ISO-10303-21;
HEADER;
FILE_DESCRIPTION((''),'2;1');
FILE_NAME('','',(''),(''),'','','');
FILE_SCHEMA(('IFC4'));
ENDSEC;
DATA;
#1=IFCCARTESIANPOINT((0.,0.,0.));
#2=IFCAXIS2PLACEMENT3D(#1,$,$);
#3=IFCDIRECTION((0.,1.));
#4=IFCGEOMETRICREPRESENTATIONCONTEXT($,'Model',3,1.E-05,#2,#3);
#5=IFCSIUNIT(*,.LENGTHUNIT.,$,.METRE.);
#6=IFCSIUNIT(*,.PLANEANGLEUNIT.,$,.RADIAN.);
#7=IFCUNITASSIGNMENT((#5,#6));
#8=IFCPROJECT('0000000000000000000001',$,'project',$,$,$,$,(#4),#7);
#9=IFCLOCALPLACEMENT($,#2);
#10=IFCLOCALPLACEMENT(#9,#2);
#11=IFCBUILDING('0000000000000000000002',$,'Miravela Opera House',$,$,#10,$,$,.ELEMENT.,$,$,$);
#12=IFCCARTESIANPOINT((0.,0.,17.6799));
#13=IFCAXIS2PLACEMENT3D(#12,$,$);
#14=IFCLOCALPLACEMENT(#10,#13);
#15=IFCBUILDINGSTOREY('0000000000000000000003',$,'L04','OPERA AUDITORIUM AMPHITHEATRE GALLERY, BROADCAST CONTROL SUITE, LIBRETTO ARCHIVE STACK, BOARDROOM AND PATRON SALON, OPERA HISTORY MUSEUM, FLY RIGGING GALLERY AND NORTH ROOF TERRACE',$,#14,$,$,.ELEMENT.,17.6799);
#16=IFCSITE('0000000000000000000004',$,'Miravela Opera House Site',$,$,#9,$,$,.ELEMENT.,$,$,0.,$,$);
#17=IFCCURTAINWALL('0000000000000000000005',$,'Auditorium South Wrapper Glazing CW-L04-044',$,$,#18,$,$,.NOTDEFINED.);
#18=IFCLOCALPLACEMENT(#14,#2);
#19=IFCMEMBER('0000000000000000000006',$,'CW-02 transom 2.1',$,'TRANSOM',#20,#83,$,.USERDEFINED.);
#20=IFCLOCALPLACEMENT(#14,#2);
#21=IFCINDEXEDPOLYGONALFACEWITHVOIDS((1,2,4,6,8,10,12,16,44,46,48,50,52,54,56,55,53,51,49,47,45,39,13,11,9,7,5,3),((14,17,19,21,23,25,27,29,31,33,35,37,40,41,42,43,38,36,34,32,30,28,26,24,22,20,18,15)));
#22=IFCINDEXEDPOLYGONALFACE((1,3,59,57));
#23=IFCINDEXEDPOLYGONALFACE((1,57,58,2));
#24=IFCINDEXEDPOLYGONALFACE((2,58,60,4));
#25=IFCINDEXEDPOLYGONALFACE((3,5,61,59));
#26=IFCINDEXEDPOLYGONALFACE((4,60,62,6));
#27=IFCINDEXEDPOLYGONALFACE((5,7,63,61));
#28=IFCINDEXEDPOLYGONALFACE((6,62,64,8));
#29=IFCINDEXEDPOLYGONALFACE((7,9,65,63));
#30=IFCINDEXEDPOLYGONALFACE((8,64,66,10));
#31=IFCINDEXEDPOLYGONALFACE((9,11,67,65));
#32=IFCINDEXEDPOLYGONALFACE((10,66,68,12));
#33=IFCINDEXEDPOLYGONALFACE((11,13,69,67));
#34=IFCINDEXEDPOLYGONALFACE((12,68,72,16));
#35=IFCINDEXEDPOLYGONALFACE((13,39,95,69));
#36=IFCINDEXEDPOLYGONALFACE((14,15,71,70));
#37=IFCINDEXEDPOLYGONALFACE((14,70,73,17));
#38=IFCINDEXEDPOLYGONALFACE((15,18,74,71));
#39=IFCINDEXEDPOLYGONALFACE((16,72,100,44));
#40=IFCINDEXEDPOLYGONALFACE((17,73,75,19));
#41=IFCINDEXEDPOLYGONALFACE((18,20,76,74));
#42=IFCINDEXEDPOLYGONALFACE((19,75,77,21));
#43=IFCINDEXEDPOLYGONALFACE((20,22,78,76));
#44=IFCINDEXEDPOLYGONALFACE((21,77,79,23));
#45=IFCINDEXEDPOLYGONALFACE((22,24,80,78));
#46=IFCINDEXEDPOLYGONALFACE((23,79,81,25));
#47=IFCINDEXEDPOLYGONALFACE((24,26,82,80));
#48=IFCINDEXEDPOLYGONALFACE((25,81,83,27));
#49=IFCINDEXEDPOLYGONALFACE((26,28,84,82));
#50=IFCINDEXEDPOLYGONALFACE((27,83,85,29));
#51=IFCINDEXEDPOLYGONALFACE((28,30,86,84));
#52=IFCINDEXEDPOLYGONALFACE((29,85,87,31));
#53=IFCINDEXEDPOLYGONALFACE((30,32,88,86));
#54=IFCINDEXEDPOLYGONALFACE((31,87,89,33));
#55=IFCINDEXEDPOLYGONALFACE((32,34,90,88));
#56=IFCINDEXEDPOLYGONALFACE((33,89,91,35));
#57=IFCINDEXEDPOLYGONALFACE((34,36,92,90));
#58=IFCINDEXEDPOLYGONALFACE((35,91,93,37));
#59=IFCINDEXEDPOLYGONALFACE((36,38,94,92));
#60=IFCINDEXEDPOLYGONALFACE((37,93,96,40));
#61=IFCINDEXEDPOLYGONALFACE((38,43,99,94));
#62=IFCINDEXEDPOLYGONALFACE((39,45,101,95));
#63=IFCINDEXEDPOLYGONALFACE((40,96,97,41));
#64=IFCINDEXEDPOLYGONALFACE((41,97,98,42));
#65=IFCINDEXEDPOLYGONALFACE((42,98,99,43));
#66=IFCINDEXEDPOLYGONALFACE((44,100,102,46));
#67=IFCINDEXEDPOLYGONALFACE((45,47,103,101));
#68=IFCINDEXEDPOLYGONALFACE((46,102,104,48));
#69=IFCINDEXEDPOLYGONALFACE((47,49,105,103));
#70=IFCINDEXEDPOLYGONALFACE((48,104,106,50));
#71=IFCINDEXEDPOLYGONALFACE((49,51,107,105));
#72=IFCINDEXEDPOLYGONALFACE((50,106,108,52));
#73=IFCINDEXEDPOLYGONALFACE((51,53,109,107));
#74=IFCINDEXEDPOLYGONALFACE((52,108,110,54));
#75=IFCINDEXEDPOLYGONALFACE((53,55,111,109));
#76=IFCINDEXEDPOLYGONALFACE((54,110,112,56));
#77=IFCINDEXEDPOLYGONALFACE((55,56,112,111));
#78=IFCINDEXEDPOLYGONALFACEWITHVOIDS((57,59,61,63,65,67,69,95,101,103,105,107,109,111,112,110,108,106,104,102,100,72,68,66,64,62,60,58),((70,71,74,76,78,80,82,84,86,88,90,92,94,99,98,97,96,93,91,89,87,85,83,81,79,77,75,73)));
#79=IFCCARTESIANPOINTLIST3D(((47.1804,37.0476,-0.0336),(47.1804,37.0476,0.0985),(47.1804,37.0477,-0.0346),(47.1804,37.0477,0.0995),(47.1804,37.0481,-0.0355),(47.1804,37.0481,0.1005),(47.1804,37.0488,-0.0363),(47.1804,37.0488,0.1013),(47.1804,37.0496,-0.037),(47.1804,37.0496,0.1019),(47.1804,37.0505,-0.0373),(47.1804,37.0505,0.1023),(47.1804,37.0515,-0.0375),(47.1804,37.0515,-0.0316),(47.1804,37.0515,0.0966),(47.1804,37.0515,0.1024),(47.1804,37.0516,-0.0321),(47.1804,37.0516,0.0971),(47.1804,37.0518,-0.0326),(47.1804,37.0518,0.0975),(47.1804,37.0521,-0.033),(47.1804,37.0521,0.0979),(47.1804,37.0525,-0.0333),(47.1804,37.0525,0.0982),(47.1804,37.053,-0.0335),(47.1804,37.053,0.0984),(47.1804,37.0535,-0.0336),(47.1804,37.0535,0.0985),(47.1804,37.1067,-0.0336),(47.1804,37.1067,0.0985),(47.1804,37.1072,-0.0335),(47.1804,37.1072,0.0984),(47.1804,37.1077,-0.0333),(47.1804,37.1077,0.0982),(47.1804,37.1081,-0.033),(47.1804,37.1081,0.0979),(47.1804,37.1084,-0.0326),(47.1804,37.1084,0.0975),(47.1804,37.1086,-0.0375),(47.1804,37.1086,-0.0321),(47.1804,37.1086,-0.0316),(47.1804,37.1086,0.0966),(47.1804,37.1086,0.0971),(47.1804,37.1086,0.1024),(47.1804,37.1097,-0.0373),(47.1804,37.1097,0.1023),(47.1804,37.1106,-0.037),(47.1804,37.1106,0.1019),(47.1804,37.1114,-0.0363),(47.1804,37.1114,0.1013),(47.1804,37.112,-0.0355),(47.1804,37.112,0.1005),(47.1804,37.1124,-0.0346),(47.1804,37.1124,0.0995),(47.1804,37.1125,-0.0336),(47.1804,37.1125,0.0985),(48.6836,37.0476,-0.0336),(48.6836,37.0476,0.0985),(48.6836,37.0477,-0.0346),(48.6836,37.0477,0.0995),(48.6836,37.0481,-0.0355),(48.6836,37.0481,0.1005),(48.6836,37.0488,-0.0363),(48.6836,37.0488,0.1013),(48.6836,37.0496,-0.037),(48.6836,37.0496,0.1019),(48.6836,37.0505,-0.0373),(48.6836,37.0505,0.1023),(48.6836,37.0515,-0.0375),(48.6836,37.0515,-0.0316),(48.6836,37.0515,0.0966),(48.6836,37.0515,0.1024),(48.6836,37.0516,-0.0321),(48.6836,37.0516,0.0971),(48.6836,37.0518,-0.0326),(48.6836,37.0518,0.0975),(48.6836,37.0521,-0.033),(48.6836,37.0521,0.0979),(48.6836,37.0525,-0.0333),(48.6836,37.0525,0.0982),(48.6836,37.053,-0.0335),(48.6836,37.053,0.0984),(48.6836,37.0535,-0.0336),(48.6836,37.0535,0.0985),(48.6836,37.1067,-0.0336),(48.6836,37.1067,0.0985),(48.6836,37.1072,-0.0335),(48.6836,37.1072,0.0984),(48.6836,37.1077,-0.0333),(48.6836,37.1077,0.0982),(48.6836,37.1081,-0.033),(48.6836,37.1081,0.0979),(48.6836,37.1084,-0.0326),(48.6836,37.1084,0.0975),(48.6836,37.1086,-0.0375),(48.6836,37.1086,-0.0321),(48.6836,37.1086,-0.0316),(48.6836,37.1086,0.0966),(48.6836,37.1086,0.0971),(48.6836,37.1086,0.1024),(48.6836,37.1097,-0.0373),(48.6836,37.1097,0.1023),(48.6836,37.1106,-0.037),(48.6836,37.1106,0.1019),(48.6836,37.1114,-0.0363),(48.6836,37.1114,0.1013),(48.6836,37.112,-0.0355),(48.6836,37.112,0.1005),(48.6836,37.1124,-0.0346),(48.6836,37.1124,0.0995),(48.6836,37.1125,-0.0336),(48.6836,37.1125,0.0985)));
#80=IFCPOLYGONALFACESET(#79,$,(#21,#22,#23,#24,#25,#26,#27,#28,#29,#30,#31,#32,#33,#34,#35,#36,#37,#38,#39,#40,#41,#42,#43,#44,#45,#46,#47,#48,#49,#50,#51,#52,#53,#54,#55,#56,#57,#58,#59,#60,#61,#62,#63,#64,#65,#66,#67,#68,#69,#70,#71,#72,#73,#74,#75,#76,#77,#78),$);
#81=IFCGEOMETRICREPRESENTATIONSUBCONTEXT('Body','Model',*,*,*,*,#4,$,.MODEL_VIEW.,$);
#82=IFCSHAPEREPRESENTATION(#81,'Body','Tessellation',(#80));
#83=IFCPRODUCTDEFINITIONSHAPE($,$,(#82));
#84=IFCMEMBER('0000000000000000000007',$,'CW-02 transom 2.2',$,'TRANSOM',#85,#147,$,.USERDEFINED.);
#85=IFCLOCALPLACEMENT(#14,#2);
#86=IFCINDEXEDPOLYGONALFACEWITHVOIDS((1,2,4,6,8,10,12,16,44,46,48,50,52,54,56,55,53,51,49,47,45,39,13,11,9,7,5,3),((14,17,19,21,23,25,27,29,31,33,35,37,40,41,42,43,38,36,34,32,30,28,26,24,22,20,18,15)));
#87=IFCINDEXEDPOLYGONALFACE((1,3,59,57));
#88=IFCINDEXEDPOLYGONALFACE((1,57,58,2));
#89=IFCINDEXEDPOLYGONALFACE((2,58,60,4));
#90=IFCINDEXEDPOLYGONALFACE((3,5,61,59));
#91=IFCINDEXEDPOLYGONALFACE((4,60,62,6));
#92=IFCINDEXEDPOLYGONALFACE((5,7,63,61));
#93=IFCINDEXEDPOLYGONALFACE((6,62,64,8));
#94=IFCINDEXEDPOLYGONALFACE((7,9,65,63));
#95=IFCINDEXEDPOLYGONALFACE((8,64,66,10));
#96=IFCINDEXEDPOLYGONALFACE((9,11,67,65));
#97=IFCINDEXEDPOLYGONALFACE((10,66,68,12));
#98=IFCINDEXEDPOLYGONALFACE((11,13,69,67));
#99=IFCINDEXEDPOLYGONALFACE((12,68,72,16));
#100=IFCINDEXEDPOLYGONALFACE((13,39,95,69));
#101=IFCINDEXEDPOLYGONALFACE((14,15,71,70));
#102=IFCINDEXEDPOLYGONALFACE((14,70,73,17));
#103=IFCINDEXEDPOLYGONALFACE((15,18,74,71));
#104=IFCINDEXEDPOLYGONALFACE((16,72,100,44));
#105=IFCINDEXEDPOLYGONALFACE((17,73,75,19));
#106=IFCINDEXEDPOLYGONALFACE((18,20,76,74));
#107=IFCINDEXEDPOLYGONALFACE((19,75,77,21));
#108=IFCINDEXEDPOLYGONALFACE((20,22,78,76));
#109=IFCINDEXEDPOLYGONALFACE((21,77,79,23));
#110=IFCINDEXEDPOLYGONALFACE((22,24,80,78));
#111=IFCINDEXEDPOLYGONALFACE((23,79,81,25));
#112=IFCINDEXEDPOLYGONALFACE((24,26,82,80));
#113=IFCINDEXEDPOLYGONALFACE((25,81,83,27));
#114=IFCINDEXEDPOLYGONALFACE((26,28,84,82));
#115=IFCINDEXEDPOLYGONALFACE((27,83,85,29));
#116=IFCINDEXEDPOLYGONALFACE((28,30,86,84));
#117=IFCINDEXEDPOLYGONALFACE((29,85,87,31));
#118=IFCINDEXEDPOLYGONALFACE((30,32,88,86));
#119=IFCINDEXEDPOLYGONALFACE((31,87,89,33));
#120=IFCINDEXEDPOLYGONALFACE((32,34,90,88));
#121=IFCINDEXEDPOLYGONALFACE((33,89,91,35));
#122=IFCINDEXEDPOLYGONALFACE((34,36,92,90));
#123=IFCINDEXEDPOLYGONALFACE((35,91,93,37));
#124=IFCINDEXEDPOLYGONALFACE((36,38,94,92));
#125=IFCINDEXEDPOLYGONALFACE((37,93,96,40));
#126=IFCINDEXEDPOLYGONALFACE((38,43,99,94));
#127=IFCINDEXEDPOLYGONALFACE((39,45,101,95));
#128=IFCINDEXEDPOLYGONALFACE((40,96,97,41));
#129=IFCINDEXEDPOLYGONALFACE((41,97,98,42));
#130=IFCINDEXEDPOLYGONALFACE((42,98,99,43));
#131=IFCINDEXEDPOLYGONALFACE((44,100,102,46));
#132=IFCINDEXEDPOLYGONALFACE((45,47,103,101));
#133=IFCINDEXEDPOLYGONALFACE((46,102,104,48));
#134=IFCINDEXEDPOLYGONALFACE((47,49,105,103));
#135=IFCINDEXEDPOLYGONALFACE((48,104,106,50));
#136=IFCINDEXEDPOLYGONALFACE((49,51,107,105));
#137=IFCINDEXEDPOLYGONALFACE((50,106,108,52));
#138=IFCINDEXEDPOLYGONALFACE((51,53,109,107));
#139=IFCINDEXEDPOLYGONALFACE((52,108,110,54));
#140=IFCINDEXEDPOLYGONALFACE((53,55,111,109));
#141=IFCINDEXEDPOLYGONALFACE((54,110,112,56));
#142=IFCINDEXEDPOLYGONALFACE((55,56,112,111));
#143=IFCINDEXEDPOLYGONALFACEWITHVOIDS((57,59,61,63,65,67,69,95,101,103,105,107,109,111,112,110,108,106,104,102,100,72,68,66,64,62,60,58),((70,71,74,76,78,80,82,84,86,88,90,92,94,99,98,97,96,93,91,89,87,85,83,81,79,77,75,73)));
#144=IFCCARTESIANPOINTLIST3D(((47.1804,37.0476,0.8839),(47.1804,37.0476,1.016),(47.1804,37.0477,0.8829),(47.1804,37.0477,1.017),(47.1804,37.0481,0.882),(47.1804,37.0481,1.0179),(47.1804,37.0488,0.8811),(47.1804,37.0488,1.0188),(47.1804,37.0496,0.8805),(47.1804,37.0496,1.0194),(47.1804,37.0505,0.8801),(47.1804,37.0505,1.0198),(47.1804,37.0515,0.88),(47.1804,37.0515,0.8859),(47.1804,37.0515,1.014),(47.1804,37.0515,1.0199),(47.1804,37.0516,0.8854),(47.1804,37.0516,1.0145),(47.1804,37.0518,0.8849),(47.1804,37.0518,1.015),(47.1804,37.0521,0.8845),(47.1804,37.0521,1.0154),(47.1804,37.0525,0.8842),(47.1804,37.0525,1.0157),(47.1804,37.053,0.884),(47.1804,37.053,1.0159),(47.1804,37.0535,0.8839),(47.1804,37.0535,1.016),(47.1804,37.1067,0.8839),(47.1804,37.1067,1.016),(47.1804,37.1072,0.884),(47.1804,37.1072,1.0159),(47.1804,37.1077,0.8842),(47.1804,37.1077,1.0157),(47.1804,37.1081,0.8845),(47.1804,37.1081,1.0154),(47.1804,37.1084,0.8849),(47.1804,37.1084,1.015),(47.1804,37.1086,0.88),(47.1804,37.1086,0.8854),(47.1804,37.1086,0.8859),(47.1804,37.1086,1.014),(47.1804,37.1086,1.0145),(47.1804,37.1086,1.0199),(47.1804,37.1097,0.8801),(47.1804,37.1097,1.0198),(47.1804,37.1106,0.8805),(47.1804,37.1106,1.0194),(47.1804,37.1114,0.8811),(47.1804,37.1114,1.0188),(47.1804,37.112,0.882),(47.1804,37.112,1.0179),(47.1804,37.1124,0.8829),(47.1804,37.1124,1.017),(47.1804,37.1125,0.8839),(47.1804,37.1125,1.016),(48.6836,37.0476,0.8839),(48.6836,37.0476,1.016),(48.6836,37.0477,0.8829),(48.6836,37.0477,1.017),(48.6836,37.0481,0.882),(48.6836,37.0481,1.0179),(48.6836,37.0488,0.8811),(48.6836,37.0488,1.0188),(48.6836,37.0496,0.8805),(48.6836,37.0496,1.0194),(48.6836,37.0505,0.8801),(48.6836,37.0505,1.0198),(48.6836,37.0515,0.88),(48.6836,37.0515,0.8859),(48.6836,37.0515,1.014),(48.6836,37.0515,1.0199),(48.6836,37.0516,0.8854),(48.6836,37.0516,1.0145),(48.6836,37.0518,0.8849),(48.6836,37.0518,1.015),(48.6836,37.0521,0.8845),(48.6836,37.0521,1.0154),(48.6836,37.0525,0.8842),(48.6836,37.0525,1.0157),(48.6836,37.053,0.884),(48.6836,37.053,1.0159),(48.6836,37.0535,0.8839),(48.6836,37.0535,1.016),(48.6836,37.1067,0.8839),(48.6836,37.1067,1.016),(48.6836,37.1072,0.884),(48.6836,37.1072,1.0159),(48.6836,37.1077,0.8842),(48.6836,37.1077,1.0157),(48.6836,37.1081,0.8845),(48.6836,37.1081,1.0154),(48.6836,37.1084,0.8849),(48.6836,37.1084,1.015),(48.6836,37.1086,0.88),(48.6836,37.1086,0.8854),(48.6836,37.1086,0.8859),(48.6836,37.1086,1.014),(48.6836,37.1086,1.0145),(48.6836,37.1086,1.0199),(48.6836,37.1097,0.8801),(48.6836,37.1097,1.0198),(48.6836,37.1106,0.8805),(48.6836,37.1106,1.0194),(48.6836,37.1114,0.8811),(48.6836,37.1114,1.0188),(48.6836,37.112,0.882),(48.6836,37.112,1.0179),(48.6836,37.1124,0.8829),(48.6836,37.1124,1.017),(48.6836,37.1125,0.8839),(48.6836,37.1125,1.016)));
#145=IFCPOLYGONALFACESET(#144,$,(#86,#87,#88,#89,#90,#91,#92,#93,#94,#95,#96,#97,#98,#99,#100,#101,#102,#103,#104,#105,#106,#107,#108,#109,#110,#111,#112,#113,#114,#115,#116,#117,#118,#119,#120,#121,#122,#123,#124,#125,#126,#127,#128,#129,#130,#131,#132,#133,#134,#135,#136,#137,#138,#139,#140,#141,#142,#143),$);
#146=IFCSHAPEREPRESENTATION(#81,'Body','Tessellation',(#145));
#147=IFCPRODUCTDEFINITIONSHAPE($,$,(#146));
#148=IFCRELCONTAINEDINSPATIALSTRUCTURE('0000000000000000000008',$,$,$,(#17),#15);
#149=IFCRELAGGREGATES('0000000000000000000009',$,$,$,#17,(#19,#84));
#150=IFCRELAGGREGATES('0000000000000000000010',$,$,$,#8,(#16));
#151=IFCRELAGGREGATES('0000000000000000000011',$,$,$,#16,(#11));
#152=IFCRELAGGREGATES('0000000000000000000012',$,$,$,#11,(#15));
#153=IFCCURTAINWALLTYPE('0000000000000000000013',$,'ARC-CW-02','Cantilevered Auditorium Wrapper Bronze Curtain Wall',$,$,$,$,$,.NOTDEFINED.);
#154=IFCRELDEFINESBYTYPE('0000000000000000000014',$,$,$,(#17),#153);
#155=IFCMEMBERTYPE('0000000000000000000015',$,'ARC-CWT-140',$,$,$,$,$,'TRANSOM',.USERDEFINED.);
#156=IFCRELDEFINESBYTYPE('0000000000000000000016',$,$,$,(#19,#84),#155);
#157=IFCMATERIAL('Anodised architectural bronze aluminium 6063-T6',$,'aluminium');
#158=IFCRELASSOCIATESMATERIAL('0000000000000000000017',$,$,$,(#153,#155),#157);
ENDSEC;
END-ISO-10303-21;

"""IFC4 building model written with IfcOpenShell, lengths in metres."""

from ifc_helpers import new_model, si_unit, direction, frame, origin, origin_2d, place, context, subcontext, project, spatial, hollow_rectangle, extrude, material, material_profile, profile_set, type_object, element, aggregate, save


model = new_model("IFC4")

# Units and contexts
model_context = context("Model", 3, precision=1e-05, world=origin(), true_north=direction((0.0, 1.0)))
body_context = subcontext(model_context, "Body", "Model", "MODEL_VIEW")
ifc_project = project(units=[si_unit("LENGTHUNIT", "METRE"), si_unit("PLANEANGLEUNIT", "RADIAN")], contexts=[model_context])

# Site, building, storey
site_placement = place(None, origin())
site = spatial("IfcSite", under=ifc_project, at=site_placement, Name="Miravela Opera House Site", CompositionType="ELEMENT", RefElevation=0.0)
building_placement = place(site_placement, origin())
building = spatial("IfcBuilding", under=site, at=building_placement, Name="Miravela Opera House", CompositionType="ELEMENT")
storey_placement = place(building_placement, frame((0.0, 0.0, 17.6799)))
storey = spatial("IfcBuildingStorey", under=building, at=storey_placement, Name="L04", Description="OPERA AUDITORIUM AMPHITHEATRE GALLERY, BROADCAST CONTROL SUITE, LIBRETTO ARCHIVE STACK, BOARDROOM AND PATRON SALON, OPERA HISTORY MUSEUM, FLY RIGGING GALLERY AND NORTH ROOF TERRACE", CompositionType="ELEMENT", Elevation=17.6799)

# Curtain wall
ifc_material_1 = material(Name="Anodised architectural bronze aluminium 6063-T6", Category="aluminium")
curtain_wall_type = type_object("IfcCurtainWallType", Name="ARC-CW-02", Description="Cantilevered Auditorium Wrapper Bronze Curtain Wall", PredefinedType="NOTDEFINED", material=ifc_material_1)
curtain_wall_1_placement = place(storey_placement, origin())
curtain_wall_1 = element("IfcCurtainWall", 1, at=curtain_wall_1_placement, inside=storey, type_object=curtain_wall_type, Name="Auditorium South Wrapper Glazing CW-L04-044", PredefinedType="NOTDEFINED")

# Members
ifc_material_profile_1 = material_profile(ifc_material_1, hollow_rectangle(XDim=0.0649, YDim=0.1399, WallThickness=0.0039, InnerFilletRadius=0.002, OuterFilletRadius=0.0039, at=origin_2d()), Name="CWT-65X140")
ifc_profile_set_1 = profile_set([ifc_material_profile_1])
member_type_1 = type_object("IfcMemberType", Name="ARC-CWT-140", ElementType="TRANSOM", PredefinedType="USERDEFINED", material=ifc_profile_set_1)
member_1_placement = place(storey_placement, frame((47.1804, 37.0801, 0.0325), z_axis=(1.0, 0.0, 0.0), x_axis=(0.0, 1.0, 0.0)))
member_1 = element("IfcMember", 2, at=member_1_placement, type_object=member_type_1, Name="CW-02 transom 2.1", ObjectType="TRANSOM", PredefinedType="USERDEFINED", context=body_context, shape_type="SweptSolid", body=[
    extrude(hollow_rectangle(XDim=0.0649, YDim=0.1399, WallThickness=0.0039, InnerFilletRadius=0.002, OuterFilletRadius=0.0039, at=origin_2d()), origin(), (0.0, 0.0, 1.0), 1.5032),
])
member_2_placement = place(storey_placement, frame((47.1804, 37.0801, 0.95), z_axis=(1.0, 0.0, 0.0), x_axis=(0.0, 1.0, 0.0)))
member_2 = element("IfcMember", 3, at=member_2_placement, type_object=member_type_1, Name="CW-02 transom 2.2", ObjectType="TRANSOM", PredefinedType="USERDEFINED", context=body_context, shape_type="SweptSolid", body=[
    extrude(hollow_rectangle(XDim=0.0649, YDim=0.1399, WallThickness=0.0039, InnerFilletRadius=0.002, OuterFilletRadius=0.0039, at=origin_2d()), origin(), (0.0, 0.0, 1.0), 1.5032),
])

aggregate(curtain_wall_1, [member_1, member_2])

save(model, "model.ifc")
